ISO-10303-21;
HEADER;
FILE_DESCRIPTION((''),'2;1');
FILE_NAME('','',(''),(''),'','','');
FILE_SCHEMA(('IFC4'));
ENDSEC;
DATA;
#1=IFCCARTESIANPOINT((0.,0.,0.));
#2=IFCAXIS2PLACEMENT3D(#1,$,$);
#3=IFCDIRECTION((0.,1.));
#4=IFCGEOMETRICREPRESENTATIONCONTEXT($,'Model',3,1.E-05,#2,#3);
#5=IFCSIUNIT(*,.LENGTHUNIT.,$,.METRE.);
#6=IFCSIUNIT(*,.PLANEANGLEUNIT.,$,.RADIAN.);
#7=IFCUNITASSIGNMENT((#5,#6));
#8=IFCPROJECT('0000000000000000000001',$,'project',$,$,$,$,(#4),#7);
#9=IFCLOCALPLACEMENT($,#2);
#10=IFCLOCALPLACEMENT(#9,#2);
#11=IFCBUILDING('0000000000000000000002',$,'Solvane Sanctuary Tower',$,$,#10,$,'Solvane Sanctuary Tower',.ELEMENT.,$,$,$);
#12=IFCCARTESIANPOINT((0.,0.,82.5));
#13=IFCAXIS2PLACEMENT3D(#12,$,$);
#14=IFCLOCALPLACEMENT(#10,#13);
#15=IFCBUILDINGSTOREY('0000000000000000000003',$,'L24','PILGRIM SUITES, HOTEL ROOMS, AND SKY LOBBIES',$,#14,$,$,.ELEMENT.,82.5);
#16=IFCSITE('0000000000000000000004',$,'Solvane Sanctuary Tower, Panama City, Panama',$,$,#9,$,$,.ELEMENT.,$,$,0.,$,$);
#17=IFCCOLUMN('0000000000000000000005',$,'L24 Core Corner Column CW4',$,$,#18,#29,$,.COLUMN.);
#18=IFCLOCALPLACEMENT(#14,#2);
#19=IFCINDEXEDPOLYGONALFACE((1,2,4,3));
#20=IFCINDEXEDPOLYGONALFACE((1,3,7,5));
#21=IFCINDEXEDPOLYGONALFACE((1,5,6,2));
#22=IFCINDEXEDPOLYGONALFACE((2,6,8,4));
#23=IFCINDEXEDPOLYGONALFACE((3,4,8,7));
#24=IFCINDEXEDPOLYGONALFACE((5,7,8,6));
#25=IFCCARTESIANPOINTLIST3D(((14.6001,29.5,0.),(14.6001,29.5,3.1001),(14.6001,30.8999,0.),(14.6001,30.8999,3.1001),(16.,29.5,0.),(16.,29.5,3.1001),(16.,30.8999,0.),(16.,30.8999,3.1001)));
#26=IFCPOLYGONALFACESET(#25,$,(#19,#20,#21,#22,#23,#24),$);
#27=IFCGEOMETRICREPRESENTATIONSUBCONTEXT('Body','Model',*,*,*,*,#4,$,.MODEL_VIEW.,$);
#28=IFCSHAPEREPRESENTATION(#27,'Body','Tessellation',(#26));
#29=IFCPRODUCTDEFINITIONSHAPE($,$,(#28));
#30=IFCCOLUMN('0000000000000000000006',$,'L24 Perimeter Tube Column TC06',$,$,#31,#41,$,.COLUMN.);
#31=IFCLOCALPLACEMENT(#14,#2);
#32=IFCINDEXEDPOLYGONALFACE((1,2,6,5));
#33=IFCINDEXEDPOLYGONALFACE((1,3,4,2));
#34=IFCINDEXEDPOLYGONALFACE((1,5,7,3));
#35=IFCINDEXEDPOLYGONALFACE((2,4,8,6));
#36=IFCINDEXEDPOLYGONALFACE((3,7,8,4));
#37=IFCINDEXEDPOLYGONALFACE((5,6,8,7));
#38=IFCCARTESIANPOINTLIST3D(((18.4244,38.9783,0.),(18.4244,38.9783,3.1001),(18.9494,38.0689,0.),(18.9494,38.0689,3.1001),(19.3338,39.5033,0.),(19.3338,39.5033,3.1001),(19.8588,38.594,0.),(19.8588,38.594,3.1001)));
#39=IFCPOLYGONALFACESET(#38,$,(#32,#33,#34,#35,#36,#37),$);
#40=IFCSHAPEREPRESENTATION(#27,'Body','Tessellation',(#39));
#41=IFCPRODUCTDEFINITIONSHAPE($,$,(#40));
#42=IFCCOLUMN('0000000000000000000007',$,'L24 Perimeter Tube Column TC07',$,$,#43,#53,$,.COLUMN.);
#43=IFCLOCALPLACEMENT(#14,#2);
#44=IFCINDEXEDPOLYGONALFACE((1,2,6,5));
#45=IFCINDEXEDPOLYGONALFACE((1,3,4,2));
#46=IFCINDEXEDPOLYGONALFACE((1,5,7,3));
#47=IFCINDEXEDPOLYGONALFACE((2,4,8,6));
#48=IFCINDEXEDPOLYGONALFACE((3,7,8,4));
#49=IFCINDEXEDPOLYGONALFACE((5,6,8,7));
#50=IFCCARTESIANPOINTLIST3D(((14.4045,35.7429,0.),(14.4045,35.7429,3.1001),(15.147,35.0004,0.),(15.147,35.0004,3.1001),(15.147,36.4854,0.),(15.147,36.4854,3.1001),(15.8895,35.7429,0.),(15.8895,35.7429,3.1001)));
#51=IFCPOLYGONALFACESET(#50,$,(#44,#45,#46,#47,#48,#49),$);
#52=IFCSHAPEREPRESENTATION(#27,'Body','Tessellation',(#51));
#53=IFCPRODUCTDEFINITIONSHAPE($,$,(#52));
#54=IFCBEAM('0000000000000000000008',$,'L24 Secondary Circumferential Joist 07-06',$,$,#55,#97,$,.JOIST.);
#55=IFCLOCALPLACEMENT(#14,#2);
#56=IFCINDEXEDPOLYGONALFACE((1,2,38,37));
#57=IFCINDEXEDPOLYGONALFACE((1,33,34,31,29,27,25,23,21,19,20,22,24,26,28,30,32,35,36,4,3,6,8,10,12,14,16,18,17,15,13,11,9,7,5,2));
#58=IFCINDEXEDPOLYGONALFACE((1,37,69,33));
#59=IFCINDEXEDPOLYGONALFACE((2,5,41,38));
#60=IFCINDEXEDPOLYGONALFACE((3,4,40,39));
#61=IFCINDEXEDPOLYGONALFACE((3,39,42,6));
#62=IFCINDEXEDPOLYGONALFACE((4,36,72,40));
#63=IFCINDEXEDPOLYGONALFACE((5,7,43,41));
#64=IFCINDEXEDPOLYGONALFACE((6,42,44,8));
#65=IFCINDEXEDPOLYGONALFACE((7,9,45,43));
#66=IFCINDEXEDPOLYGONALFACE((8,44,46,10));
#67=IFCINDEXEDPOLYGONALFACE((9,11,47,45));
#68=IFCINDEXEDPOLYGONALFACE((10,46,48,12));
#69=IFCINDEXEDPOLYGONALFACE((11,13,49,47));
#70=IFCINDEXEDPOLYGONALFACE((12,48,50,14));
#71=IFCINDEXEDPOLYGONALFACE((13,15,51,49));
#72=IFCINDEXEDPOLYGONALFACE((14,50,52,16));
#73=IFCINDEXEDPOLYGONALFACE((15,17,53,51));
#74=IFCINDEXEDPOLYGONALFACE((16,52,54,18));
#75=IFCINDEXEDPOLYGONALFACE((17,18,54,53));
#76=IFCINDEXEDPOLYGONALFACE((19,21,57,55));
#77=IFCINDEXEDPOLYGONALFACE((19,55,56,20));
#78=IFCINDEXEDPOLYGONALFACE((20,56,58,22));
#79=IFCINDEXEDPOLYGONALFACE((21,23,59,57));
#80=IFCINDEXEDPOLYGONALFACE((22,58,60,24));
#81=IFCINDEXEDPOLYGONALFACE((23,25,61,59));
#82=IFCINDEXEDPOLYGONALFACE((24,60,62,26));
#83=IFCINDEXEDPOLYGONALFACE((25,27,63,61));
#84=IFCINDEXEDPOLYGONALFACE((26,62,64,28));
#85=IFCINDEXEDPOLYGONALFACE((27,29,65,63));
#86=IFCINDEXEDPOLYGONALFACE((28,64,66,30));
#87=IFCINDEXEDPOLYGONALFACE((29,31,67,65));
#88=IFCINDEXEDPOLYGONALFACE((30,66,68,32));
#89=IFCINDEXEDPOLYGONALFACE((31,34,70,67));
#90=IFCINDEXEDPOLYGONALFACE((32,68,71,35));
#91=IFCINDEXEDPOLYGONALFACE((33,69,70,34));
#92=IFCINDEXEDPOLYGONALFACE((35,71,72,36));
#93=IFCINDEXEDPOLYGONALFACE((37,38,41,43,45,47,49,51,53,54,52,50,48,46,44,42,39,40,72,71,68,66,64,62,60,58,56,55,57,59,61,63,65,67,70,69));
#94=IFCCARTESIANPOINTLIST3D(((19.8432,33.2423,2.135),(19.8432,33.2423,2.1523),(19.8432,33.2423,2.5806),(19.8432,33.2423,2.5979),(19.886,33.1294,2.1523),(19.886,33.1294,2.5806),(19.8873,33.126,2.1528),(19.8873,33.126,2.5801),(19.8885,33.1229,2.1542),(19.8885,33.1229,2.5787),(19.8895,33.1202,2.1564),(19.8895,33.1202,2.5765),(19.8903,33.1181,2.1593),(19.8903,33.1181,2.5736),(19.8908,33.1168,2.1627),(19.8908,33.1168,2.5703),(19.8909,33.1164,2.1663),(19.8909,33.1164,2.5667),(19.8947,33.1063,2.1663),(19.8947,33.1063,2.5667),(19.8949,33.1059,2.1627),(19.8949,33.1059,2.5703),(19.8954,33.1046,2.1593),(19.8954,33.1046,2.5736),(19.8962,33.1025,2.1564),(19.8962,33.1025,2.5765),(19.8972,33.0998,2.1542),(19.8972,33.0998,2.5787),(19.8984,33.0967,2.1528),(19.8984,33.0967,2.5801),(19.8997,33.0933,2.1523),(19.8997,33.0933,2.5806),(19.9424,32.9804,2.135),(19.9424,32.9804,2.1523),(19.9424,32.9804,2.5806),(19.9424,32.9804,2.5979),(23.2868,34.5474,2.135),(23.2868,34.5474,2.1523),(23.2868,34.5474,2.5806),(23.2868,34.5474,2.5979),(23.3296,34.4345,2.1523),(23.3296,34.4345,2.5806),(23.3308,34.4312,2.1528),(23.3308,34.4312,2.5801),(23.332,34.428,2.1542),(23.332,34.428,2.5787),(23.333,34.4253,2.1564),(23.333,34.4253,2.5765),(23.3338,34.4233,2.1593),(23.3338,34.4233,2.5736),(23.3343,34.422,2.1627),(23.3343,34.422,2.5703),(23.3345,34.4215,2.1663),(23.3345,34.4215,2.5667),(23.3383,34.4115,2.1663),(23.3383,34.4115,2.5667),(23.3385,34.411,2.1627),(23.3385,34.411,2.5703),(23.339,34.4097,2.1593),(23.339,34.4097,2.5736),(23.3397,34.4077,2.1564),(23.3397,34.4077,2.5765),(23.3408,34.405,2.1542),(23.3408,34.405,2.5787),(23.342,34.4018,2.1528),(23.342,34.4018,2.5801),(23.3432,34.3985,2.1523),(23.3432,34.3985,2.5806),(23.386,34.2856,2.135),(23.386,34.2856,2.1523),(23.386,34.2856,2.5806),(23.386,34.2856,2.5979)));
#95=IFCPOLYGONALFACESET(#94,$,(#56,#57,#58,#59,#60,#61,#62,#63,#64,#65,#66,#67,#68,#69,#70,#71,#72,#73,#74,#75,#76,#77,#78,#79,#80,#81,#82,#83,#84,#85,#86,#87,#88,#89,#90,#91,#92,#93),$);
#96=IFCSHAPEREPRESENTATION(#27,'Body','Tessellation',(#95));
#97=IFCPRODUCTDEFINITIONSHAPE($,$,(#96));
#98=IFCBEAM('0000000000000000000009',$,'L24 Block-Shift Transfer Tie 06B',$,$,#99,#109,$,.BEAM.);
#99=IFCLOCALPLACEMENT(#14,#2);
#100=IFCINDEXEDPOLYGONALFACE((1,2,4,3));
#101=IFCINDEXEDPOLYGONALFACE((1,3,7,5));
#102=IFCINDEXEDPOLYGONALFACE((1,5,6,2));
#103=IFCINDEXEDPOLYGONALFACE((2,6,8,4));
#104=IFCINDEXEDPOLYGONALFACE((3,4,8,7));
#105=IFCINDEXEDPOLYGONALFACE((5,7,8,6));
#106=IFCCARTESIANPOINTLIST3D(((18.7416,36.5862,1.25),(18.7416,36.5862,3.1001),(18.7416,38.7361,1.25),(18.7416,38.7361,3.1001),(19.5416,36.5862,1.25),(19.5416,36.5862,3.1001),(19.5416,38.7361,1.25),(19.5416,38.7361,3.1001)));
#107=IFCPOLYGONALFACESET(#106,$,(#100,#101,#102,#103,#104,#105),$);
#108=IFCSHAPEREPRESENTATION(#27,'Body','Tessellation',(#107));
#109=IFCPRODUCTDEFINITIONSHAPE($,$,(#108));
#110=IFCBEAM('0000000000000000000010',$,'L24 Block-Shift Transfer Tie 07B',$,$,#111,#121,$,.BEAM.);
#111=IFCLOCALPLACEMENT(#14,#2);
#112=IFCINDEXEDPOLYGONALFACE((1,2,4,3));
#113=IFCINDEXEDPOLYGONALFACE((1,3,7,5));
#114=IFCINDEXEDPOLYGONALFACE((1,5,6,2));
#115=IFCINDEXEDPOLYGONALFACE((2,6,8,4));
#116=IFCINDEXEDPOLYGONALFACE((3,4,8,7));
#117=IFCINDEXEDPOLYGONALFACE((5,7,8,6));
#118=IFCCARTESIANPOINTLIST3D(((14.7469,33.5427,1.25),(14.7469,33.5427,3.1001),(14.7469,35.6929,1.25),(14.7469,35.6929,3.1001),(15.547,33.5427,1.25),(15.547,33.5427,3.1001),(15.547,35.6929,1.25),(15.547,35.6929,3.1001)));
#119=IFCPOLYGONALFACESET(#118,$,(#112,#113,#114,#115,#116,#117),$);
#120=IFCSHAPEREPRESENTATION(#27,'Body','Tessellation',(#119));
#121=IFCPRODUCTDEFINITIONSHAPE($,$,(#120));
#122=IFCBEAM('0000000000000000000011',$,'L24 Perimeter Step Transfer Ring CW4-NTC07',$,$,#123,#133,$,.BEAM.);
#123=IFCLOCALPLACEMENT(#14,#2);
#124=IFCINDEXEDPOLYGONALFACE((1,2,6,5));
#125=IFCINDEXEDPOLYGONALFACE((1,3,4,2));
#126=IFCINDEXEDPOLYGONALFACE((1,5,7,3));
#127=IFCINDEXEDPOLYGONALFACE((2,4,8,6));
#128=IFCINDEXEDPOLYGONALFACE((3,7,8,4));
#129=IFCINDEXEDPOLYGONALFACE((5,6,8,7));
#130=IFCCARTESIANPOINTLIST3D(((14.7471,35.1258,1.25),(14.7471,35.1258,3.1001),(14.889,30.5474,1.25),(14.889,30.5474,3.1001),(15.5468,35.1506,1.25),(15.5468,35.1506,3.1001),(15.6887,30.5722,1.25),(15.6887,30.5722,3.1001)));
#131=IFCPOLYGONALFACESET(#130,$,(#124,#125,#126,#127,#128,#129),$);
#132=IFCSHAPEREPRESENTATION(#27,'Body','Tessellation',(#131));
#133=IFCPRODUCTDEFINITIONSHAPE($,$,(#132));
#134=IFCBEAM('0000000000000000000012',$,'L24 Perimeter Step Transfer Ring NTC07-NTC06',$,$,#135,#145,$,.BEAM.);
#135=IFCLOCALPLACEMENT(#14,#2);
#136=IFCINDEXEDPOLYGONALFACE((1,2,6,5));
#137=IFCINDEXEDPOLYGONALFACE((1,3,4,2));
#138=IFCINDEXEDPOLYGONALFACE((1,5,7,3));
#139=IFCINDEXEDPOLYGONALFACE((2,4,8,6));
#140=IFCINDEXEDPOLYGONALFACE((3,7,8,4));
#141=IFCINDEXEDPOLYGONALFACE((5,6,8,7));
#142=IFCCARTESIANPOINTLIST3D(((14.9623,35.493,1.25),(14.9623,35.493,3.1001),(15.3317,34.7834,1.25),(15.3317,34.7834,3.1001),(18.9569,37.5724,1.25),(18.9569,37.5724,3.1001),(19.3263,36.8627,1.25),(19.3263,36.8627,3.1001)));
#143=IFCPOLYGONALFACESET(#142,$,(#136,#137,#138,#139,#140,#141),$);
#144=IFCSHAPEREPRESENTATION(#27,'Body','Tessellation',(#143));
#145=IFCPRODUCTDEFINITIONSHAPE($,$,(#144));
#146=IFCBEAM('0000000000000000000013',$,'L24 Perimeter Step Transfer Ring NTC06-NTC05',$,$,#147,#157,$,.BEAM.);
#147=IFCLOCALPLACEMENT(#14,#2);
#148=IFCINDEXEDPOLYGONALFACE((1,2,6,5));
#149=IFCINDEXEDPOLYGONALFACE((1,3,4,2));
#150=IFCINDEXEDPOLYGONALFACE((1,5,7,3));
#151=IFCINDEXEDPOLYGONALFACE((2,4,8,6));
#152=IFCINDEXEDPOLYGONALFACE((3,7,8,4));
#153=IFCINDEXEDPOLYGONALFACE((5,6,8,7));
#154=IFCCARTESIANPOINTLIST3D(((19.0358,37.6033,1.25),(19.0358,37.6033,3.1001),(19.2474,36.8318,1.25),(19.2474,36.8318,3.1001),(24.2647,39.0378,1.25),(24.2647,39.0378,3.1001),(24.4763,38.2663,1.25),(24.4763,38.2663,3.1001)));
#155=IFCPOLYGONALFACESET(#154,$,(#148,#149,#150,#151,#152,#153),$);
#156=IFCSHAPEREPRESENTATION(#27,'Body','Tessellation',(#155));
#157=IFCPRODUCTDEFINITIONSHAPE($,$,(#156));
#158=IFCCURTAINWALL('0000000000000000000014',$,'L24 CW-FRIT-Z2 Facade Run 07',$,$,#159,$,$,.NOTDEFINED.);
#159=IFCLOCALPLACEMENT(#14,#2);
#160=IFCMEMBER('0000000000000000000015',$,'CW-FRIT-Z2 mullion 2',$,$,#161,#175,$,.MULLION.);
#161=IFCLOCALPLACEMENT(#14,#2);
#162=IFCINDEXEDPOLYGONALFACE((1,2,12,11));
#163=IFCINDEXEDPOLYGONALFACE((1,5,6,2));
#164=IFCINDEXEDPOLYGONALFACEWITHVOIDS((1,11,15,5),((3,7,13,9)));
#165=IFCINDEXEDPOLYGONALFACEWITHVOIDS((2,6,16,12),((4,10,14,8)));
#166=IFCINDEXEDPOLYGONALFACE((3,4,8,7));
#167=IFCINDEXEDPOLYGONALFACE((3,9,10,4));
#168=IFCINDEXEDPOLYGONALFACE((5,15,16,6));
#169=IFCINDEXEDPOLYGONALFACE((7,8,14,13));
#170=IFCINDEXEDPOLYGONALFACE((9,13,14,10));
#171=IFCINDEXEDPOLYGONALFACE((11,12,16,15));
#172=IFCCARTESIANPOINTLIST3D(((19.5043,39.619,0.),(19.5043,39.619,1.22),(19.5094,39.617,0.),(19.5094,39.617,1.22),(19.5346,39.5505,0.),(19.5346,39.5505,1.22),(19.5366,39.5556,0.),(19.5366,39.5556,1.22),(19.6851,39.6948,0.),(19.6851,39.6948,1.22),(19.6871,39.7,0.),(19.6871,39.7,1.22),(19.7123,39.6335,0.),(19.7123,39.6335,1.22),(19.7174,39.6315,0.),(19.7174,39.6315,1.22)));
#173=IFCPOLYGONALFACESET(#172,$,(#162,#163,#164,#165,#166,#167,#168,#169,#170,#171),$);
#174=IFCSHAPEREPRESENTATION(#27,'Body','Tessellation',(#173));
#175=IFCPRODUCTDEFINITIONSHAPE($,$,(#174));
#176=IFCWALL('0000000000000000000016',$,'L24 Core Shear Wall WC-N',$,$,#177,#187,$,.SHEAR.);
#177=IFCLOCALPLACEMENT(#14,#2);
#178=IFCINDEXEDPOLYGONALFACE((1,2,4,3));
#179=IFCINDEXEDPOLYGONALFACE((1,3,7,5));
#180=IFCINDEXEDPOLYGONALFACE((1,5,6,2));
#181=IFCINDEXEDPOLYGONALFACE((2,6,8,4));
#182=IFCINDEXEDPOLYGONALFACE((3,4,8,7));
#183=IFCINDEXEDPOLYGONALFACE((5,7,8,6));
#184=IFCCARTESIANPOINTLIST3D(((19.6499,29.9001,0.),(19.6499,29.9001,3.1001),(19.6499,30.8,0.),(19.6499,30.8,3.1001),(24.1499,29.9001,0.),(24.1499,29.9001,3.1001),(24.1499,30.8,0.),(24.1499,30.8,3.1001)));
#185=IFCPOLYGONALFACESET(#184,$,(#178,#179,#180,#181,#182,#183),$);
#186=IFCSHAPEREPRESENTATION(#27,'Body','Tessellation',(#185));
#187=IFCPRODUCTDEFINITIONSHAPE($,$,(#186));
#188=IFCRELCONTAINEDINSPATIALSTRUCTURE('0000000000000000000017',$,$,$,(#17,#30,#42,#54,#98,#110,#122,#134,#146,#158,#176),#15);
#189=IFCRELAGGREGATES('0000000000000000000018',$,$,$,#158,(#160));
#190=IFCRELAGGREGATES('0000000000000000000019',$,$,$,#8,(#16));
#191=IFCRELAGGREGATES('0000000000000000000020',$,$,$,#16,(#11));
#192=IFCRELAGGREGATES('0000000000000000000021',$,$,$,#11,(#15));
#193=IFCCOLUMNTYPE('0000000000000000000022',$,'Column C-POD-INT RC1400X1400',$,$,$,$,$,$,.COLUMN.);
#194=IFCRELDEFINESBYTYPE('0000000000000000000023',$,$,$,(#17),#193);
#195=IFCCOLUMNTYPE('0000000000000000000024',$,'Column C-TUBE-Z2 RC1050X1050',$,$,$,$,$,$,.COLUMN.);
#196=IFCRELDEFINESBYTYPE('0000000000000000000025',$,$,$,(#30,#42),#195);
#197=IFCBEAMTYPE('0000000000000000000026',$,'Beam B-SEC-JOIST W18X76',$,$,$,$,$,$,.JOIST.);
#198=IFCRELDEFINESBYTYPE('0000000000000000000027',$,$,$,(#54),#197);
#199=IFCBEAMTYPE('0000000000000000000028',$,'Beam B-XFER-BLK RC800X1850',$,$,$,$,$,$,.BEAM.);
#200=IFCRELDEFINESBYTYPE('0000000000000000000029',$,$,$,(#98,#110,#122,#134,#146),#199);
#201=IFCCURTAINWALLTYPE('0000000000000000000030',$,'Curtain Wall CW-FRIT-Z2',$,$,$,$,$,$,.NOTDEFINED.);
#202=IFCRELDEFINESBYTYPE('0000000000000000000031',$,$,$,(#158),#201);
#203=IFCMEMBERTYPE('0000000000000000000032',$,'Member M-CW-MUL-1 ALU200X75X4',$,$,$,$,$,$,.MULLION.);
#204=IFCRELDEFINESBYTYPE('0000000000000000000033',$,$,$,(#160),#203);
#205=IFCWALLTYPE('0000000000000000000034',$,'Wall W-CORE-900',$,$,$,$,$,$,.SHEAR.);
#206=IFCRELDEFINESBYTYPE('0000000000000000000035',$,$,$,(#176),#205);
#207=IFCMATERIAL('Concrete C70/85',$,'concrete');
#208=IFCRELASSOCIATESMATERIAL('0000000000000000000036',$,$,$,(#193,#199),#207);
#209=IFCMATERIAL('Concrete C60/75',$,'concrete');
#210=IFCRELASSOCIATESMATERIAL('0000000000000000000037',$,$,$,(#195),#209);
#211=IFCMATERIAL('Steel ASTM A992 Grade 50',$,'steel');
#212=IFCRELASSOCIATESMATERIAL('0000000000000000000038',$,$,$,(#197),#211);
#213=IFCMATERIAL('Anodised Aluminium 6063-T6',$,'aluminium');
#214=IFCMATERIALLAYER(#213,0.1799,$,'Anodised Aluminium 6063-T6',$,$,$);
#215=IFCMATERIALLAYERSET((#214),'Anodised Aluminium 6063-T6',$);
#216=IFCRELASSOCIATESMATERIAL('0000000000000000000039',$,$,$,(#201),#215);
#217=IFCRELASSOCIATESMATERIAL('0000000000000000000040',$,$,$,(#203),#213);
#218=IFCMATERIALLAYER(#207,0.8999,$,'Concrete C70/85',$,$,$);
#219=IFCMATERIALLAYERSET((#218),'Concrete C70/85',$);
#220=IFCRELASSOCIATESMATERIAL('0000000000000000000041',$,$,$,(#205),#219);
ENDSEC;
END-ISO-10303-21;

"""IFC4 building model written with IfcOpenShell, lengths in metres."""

from ifc_helpers import new_model, si_unit, direction, frame, frame_2d, origin, origin_2d, place, context, subcontext, project, spatial, rectangle, hollow_rectangle, i_section, extrude, material, layer, layer_set, material_profile, profile_set, type_object, element, aggregate, save


model = new_model("IFC4")

# Units and contexts
model_context = context("Model", 3, precision=1e-05, world=origin(), true_north=direction((0.0, 1.0)))
body_context = subcontext(model_context, "Body", "Model", "MODEL_VIEW")
ifc_project = project(units=[si_unit("LENGTHUNIT", "METRE"), si_unit("PLANEANGLEUNIT", "RADIAN")], contexts=[model_context])

# Site, building, storey
site_placement = place(None, origin())
site = spatial("IfcSite", under=ifc_project, at=site_placement, Name="Solvane Sanctuary Tower, Panama City, Panama", CompositionType="ELEMENT", RefElevation=0.0)
building_placement = place(site_placement, origin())
building = spatial("IfcBuilding", under=site, at=building_placement, Name="Solvane Sanctuary Tower", LongName="Solvane Sanctuary Tower", CompositionType="ELEMENT")
storey_placement = place(building_placement, frame((0.0, 0.0, 82.5)))
storey = spatial("IfcBuildingStorey", under=building, at=storey_placement, Name="L24", Description="PILGRIM SUITES, HOTEL ROOMS, AND SKY LOBBIES", CompositionType="ELEMENT", Elevation=82.5)

# Columns
ifc_material_1 = material(Name="Concrete C70/85", Category="concrete")
ifc_material_profile_1 = material_profile(ifc_material_1, rectangle(XDim=1.3999, YDim=1.3999, at=origin_2d()), Name="RC1400X1400")
ifc_profile_set_1 = profile_set([ifc_material_profile_1], Name="Concrete C70/85")
column_type_1 = type_object("IfcColumnType", Name="Column C-POD-INT RC1400X1400", PredefinedType="COLUMN", material=ifc_profile_set_1)
column_placement = place(storey_placement, frame((15.3, 30.2, 0.0), z_axis=(0.0, 0.0, 1.0), x_axis=(1.0, 0.0, 0.0)))
element("IfcColumn", 1, at=column_placement, inside=storey, type_object=column_type_1, Name="L24 Core Corner Column CW4", PredefinedType="COLUMN", context=body_context, shape_type="SweptSolid", body=[
    extrude(rectangle(XDim=1.3999, YDim=1.3999, at=origin_2d()), origin(), (0.0, 0.0, 1.0), 3.1001),
])
ifc_material_2 = material(Name="Concrete C60/75", Category="concrete")
ifc_material_profile_2 = material_profile(ifc_material_2, rectangle(XDim=1.05, YDim=1.05, at=origin_2d()), Name="RC1050X1050")
ifc_profile_set_2 = profile_set([ifc_material_profile_2], Name="Concrete C60/75")
column_type_2 = type_object("IfcColumnType", Name="Column C-TUBE-Z2 RC1050X1050", PredefinedType="COLUMN", material=ifc_profile_set_2)
for number, where, z_axis, x_axis, name in (
    (2, (19.1416, 38.7861, 0.0), (0.0, 0.0, 1.0), (-0.5, 0.866025, 0.0), "L24 Perimeter Tube Column TC06"),
    (3, (15.147, 35.7429, 0.0), (0.0, 0.0, 1.0), (-0.707107, 0.707107, 0.0), "L24 Perimeter Tube Column TC07"),
):
    element("IfcColumn", number, at=place(storey_placement, frame(where, z_axis=z_axis, x_axis=x_axis)), inside=storey, type_object=column_type_2, Name=name, PredefinedType="COLUMN", context=body_context, shape_type="SweptSolid", body=[
        extrude(rectangle(XDim=1.05, YDim=1.05, at=origin_2d()), origin(), (0.0, 0.0, 1.0), 3.1001),
    ])

# Beams
ifc_material_3 = material(Name="Steel ASTM A992 Grade 50", Category="steel")
ifc_material_profile_3 = material_profile(ifc_material_3, i_section(OverallWidth=0.28, OverallDepth=0.4629, WebThickness=0.0107, FlangeThickness=0.0173, FilletRadius=0.0139, at=origin_2d()), Name="W18X76")
ifc_profile_set_3 = profile_set([ifc_material_profile_3], Name="Steel ASTM A992 Grade 50")
beam_type_1 = type_object("IfcBeamType", Name="Beam B-SEC-JOIST W18X76", PredefinedType="JOIST", material=ifc_profile_set_3)
beam_1_placement = place(storey_placement, frame((19.8928, 33.1113, 2.3665), z_axis=(0.935089, 0.354412, 0.0), x_axis=(-0.354412, 0.935089, 0.0)))
element("IfcBeam", 4, at=beam_1_placement, inside=storey, type_object=beam_type_1, Name="L24 Secondary Circumferential Joist 07-06", PredefinedType="JOIST", context=body_context, shape_type="SweptSolid", body=[
    extrude(i_section(OverallWidth=0.28, OverallDepth=0.4629, WebThickness=0.0107, FlangeThickness=0.0173, FilletRadius=0.0139, at=origin_2d()), origin(), (0.0, 0.0, 1.0), 3.6826),
])
ifc_material_profile_4 = material_profile(ifc_material_1, rectangle(XDim=0.8, YDim=1.8501, at=origin_2d()), Name="RC800X1850")
ifc_profile_set_4 = profile_set([ifc_material_profile_4], Name="Concrete C70/85")
beam_type_2 = type_object("IfcBeamType", Name="Beam B-XFER-BLK RC800X1850", PredefinedType="BEAM", material=ifc_profile_set_4)
beam_2_placement = place(storey_placement, frame((19.1416, 38.7361, 2.175), z_axis=(0.0, -1.0, 0.0), x_axis=(1.0, 0.0, 0.0)))
element("IfcBeam", 5, at=beam_2_placement, inside=storey, type_object=beam_type_2, Name="L24 Block-Shift Transfer Tie 06B", PredefinedType="BEAM", context=body_context, shape_type="SweptSolid", body=[
    extrude(rectangle(XDim=0.8, YDim=1.8501, at=origin_2d()), origin(), (0.0, 0.0, 1.0), 2.1499),
])
beam_3_placement = place(storey_placement, frame((15.147, 35.6929, 2.175), z_axis=(0.0, -1.0, 0.0), x_axis=(1.0, 0.0, 0.0)))
element("IfcBeam", 6, at=beam_3_placement, inside=storey, type_object=beam_type_2, Name="L24 Block-Shift Transfer Tie 07B", PredefinedType="BEAM", context=body_context, shape_type="SweptSolid", body=[
    extrude(rectangle(XDim=0.8, YDim=1.8501, at=origin_2d()), origin(), (0.0, 0.0, 1.0), 2.1501),
])
beam_4_placement = place(storey_placement, frame((15.2888, 30.5598, 2.175), z_axis=(-0.030967, 0.99952, 0.0), x_axis=(-0.99952, -0.030967, 0.0)))
element("IfcBeam", 7, at=beam_4_placement, inside=storey, type_object=beam_type_2, Name="L24 Perimeter Step Transfer Ring CW4-NTC07", PredefinedType="BEAM", context=body_context, shape_type="SweptSolid", body=[
    extrude(rectangle(XDim=0.8, YDim=1.8501, at=origin_2d()), origin(), (0.0, 0.0, 1.0), 4.5806),
])
beam_5_placement = place(storey_placement, frame((15.147, 35.1382, 2.175), z_axis=(0.887022, 0.461727, 0.0), x_axis=(-0.461727, 0.887022, 0.0)))
element("IfcBeam", 8, at=beam_5_placement, inside=storey, type_object=beam_type_2, Name="L24 Perimeter Step Transfer Ring NTC07-NTC06", PredefinedType="BEAM", context=body_context, shape_type="SweptSolid", body=[
    extrude(rectangle(XDim=0.8, YDim=1.8501, at=origin_2d()), origin(), (0.0, 0.0, 1.0), 4.5034),
])
beam_6_placement = place(storey_placement, frame((19.1416, 37.2175, 2.175), z_axis=(0.964366, 0.264572, 0.0), x_axis=(-0.264572, 0.964366, 0.0)))
element("IfcBeam", 9, at=beam_6_placement, inside=storey, type_object=beam_type_2, Name="L24 Perimeter Step Transfer Ring NTC06-NTC05", PredefinedType="BEAM", context=body_context, shape_type="SweptSolid", body=[
    extrude(rectangle(XDim=0.8, YDim=1.8501, at=origin_2d()), origin(), (0.0, 0.0, 1.0), 5.4221),
])

# Curtain wall, member
ifc_material_4 = material(Name="Anodised Aluminium 6063-T6", Category="aluminium")
ifc_layer_1 = layer(ifc_material_4, 0.1799, Name="Anodised Aluminium 6063-T6")
ifc_layer_set_1 = layer_set([ifc_layer_1], Name="Anodised Aluminium 6063-T6")
curtain_wall_type = type_object("IfcCurtainWallType", Name="Curtain Wall CW-FRIT-Z2", PredefinedType="NOTDEFINED", material=ifc_layer_set_1)
curtain_wall_placement = place(storey_placement, origin())
curtain_wall = element("IfcCurtainWall", 10, at=curtain_wall_placement, inside=storey, type_object=curtain_wall_type, Name="L24 CW-FRIT-Z2 Facade Run 07", PredefinedType="NOTDEFINED")
ifc_material_profile_5 = material_profile(ifc_material_4, hollow_rectangle(XDim=0.075, YDim=0.2, WallThickness=0.0039, at=origin_2d()), Name="ALU200X75X4")
ifc_profile_set_5 = profile_set([ifc_material_profile_5], Name="Anodised Aluminium 6063-T6")
member_type = type_object("IfcMemberType", Name="Member M-CW-MUL-1 ALU200X75X4", PredefinedType="MULLION", material=ifc_profile_set_5)
member_placement = place(storey_placement, frame((19.6108, 39.6252, 0.0), z_axis=(0.0, 0.0, 1.0), x_axis=(0.404951, -0.914339, 0.0)))
member = element("IfcMember", 11, at=member_placement, type_object=member_type, Name="CW-FRIT-Z2 mullion 2", PredefinedType="MULLION", context=body_context, shape_type="SweptSolid", body=[
    extrude(hollow_rectangle(XDim=0.075, YDim=0.2, WallThickness=0.0039, at=origin_2d()), origin(), (0.0, 0.0, 1.0), 1.22),
])
aggregate(curtain_wall, [member])

# Wall
ifc_layer_2 = layer(ifc_material_1, 0.8999, Name="Concrete C70/85")
ifc_layer_set_2 = layer_set([ifc_layer_2], Name="Concrete C70/85")
wall_type_1 = type_object("IfcWallType", Name="Wall W-CORE-900", PredefinedType="SHEAR", material=ifc_layer_set_2)
wall_1_placement = place(storey_placement, frame((19.6499, 30.3501, 0.0), z_axis=(0.0, 0.0, 1.0), x_axis=(1.0, 0.0, 0.0)))
element("IfcWall", 12, at=wall_1_placement, inside=storey, type_object=wall_type_1, Name="L24 Core Shear Wall WC-N", PredefinedType="SHEAR", context=body_context, shape_type="SweptSolid", body=[
    extrude(rectangle(XDim=4.5, YDim=0.8999, at=frame_2d((2.25, 0.0))), origin(), (0.0, 0.0, 1.0), 3.1001),
])

save(model, "model.ifc")
